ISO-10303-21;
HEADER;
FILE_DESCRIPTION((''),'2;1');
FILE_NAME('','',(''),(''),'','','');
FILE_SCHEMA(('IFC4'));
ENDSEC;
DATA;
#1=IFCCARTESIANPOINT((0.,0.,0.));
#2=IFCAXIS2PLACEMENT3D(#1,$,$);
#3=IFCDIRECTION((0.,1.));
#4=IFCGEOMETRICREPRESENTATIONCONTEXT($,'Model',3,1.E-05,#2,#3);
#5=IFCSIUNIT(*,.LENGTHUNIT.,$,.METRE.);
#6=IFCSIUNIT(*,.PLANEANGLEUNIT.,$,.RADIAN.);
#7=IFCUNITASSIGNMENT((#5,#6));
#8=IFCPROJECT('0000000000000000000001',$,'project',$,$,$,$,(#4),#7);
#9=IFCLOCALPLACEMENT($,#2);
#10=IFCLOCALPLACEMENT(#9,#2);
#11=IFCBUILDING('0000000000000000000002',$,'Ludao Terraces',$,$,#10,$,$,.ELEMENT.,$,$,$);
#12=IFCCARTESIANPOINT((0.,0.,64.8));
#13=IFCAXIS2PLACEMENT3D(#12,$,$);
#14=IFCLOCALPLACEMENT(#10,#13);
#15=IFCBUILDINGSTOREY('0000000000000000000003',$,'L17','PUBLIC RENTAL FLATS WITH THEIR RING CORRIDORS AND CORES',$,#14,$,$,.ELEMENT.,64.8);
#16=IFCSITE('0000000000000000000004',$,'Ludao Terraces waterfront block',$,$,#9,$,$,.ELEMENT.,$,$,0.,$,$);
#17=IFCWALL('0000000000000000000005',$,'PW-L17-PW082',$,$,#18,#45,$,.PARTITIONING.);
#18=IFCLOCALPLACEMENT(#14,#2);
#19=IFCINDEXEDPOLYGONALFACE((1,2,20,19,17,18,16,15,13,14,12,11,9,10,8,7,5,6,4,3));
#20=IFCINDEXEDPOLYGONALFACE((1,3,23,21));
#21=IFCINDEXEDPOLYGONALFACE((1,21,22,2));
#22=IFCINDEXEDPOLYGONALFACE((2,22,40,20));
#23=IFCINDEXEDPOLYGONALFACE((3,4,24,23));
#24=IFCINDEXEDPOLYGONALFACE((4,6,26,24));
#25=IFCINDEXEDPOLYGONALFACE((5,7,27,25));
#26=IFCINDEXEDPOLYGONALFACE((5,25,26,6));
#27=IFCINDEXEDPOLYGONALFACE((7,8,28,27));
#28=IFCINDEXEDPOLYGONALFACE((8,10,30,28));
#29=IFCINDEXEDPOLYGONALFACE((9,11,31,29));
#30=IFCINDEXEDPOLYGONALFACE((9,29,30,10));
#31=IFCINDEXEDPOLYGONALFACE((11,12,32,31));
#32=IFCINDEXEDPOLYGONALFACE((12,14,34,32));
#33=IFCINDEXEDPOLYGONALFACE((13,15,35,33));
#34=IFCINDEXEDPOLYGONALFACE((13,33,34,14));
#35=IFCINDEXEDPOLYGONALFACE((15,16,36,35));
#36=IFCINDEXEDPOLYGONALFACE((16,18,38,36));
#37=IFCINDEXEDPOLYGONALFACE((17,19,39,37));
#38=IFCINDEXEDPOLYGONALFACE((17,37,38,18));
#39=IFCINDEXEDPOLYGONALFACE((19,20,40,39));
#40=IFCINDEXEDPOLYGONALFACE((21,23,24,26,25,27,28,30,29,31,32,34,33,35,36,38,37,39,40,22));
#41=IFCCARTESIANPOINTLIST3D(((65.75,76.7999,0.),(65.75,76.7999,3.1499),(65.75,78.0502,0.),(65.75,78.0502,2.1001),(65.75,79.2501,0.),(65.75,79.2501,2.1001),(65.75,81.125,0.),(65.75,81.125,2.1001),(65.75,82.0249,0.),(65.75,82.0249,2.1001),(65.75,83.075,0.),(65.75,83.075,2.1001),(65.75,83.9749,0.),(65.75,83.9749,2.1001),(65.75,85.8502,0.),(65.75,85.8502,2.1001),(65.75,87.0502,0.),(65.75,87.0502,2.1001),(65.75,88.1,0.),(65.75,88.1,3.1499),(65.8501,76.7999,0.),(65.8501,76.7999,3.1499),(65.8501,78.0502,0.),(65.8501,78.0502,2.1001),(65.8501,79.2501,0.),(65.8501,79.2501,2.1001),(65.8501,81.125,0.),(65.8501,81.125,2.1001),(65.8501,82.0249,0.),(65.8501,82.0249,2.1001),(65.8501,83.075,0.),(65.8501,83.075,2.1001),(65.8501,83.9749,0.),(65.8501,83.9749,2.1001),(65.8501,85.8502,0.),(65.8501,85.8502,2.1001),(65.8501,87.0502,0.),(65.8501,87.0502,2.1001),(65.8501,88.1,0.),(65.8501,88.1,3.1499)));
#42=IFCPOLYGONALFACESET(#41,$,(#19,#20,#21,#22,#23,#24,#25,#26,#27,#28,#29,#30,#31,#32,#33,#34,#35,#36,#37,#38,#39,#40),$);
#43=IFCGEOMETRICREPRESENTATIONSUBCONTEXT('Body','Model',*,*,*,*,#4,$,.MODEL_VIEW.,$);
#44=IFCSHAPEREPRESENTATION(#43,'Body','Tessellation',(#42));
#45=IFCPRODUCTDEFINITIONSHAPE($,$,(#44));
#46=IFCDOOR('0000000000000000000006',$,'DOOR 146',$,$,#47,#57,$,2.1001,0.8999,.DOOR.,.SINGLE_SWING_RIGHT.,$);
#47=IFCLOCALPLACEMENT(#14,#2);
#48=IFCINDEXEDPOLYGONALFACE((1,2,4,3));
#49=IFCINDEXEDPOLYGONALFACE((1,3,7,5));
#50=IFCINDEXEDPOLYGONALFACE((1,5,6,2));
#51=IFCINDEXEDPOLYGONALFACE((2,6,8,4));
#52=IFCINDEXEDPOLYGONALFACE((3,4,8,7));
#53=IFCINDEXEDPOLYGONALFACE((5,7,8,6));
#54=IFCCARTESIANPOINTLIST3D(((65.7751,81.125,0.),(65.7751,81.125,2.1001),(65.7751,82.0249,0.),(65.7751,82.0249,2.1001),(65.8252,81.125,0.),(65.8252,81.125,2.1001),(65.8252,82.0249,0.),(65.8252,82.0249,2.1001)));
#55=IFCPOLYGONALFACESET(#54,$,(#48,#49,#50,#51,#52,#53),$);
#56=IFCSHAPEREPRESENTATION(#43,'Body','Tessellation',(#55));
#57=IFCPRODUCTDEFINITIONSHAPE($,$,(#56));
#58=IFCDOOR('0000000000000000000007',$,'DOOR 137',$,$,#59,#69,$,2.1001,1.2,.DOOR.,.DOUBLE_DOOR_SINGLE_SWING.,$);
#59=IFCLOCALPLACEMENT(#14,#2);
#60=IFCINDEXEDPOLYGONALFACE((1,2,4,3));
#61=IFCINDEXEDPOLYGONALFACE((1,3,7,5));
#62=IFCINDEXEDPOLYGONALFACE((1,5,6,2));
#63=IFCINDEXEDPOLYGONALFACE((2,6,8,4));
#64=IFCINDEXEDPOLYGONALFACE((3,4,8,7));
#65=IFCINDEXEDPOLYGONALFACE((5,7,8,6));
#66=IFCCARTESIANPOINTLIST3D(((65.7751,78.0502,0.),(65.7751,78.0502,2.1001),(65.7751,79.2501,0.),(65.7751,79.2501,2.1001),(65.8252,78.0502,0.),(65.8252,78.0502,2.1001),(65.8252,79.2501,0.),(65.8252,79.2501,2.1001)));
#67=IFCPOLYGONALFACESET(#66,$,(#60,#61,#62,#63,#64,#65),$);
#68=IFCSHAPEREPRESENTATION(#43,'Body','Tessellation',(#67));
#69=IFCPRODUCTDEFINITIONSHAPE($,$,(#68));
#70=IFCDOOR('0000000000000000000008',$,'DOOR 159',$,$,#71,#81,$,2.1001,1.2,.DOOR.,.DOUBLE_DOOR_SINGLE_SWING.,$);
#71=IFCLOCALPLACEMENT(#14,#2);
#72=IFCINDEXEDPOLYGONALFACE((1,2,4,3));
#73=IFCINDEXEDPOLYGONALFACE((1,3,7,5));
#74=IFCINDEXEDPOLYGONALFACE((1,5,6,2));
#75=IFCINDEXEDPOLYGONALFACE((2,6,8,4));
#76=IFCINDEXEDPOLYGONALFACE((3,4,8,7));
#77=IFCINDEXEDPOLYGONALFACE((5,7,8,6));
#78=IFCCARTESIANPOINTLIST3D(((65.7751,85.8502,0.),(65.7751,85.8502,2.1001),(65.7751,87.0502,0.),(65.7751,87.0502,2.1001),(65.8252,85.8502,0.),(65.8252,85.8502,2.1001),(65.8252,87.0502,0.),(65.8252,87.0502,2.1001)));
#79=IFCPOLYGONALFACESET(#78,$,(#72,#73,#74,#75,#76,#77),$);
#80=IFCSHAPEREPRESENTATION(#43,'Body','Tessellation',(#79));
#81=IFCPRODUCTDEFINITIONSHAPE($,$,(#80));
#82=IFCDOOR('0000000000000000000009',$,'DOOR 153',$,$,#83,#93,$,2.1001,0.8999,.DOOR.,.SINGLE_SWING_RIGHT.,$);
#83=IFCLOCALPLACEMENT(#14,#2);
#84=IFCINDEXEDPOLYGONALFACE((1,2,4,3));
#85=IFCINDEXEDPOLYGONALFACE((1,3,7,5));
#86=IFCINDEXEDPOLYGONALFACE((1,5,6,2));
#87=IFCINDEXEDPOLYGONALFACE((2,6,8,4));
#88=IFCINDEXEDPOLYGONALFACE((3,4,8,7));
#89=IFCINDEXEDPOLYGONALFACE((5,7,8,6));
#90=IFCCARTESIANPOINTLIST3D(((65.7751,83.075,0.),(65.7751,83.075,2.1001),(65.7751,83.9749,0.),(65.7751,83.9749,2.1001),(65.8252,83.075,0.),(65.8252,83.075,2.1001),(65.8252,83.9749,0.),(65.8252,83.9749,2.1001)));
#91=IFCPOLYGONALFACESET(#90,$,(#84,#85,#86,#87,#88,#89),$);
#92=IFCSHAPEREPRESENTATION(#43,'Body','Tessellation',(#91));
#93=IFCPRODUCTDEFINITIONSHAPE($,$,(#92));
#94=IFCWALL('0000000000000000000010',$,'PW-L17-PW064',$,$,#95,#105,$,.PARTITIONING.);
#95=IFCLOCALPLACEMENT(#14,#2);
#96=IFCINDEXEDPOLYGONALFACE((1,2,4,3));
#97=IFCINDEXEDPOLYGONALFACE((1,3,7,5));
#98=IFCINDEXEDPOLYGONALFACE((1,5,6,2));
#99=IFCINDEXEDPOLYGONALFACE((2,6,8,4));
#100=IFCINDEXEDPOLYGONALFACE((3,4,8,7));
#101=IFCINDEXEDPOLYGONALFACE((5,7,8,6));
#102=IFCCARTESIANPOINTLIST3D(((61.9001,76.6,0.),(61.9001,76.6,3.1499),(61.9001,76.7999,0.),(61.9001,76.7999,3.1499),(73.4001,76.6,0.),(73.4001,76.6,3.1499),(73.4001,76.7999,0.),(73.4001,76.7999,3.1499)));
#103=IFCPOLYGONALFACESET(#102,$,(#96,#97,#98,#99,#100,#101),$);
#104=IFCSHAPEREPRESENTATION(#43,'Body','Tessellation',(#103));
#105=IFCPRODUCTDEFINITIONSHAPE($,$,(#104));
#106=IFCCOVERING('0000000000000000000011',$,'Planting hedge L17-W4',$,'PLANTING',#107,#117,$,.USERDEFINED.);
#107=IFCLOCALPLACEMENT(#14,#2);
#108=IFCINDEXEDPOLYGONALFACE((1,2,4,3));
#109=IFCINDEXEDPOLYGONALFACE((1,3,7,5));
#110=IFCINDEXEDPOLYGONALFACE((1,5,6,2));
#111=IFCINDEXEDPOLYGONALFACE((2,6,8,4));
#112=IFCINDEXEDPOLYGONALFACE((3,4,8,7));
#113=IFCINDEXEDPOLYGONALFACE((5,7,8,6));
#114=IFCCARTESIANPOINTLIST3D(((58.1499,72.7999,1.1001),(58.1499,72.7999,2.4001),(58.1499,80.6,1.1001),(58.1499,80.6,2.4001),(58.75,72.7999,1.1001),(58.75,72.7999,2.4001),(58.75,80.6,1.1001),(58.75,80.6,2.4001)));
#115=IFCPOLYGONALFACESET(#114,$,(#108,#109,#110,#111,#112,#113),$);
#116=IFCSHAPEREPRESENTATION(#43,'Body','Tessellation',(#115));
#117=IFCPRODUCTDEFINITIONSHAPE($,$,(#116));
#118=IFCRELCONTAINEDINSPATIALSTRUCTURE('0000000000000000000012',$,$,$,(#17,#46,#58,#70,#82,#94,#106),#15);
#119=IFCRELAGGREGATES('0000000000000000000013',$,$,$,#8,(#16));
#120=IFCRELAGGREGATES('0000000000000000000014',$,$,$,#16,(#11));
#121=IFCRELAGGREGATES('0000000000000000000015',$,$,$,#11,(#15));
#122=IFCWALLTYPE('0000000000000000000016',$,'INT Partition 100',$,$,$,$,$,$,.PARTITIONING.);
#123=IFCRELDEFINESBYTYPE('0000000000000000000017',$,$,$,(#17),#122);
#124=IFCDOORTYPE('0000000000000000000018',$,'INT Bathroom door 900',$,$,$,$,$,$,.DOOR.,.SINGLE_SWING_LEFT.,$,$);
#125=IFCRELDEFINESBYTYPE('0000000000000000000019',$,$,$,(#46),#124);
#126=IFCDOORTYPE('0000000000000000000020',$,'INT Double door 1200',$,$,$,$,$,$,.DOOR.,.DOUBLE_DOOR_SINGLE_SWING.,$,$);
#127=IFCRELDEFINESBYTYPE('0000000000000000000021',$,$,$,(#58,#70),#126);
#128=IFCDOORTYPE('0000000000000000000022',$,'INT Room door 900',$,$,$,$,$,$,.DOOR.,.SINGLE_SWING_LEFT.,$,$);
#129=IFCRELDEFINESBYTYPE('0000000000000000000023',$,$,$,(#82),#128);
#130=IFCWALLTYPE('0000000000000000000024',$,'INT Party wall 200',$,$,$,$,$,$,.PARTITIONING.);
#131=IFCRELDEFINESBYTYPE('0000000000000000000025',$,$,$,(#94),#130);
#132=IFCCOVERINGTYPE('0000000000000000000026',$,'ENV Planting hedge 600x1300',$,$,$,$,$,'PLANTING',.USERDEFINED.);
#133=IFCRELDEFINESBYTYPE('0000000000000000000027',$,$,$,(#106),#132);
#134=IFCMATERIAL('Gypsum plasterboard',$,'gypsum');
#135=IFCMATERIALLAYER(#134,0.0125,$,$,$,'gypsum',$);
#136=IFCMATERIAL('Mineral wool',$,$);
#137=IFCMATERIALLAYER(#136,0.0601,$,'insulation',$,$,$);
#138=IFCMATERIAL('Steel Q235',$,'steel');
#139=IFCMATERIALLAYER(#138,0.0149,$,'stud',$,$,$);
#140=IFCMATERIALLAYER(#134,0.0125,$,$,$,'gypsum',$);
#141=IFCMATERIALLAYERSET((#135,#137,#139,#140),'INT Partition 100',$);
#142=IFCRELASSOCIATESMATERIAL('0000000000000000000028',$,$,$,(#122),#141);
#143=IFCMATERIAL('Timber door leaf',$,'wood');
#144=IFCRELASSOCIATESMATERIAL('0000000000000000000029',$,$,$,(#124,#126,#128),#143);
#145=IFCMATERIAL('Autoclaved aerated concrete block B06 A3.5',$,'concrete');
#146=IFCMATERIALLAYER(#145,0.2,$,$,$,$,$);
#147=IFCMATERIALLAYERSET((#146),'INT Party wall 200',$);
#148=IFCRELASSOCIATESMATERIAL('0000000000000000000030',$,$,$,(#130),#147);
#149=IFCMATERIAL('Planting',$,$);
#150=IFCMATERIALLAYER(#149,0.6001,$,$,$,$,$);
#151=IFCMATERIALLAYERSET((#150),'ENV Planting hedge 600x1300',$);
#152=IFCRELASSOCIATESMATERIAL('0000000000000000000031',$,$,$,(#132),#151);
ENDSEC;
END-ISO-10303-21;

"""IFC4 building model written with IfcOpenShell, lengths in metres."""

from ifc_helpers import new_model, si_unit, direction, frame, frame_2d, origin, origin_2d, place, context, subcontext, project, spatial, rectangle, extrude, material, layer, layer_set, type_object, element, fill, save


model = new_model("IFC4")

# Units and contexts
model_context = context("Model", 3, precision=1e-05, world=origin(), true_north=direction((0.0, 1.0)))
body_context = subcontext(model_context, "Body", "Model", "MODEL_VIEW")
ifc_project = project(units=[si_unit("LENGTHUNIT", "METRE"), si_unit("PLANEANGLEUNIT", "RADIAN")], contexts=[model_context])

# Site, building, storey
site_placement = place(None, origin())
site = spatial("IfcSite", under=ifc_project, at=site_placement, Name="Ludao Terraces waterfront block", CompositionType="ELEMENT", RefElevation=0.0)
building_placement = place(site_placement, origin())
building = spatial("IfcBuilding", under=site, at=building_placement, Name="Ludao Terraces", CompositionType="ELEMENT")
storey_placement = place(building_placement, frame((0.0, 0.0, 64.8)))
storey = spatial("IfcBuildingStorey", under=building, at=storey_placement, Name="L17", Description="PUBLIC RENTAL FLATS WITH THEIR RING CORRIDORS AND CORES", CompositionType="ELEMENT", Elevation=64.8)

# Shared definitions
ifc_material_1 = material(Name="Mineral wool")

# Shared definitions
ifc_material_2 = material(Name="Gypsum plasterboard", Category="gypsum")
ifc_layer_1 = layer(ifc_material_2, 0.0125, Category="gypsum")
ifc_layer_2 = layer(ifc_material_1, 0.0601, Name="insulation")
ifc_material_3 = material(Name="Steel Q235", Category="steel")
ifc_layer_3 = layer(ifc_material_3, 0.0149, Name="stud")
ifc_layer_4 = layer(ifc_material_2, 0.0125, Category="gypsum")
ifc_layer_set_1 = layer_set([ifc_layer_1, ifc_layer_2, ifc_layer_3, ifc_layer_4], Name="INT Partition 100")
wall_type_1 = type_object("IfcWallType", Name="INT Partition 100", PredefinedType="PARTITIONING", material=ifc_layer_set_1)

# Wall, openings, doors
wall_1_placement = place(storey_placement, frame((65.8, 76.8, 0.0), z_axis=(0.0, 0.0, 1.0), x_axis=(0.0, 1.0, 0.0)))
wall_1 = element("IfcWall", 1, at=wall_1_placement, inside=storey, type_object=wall_type_1, Name="PW-L17-PW082", PredefinedType="PARTITIONING", context=body_context, shape_type="SweptSolid", body=[
    extrude(rectangle(XDim=11.3, YDim=0.1001, at=frame_2d((5.6499, 0.0))), origin(), (0.0, 0.0, 1.0), 3.1499),
])
opening_1_placement = place(wall_1_placement, frame((1.25, 0.0, 0.0)))
opening_1 = element("IfcOpeningElement", 2, at=opening_1_placement, cuts=wall_1, PredefinedType="OPENING", context=body_context, shape_type="SweptSolid", body=[
    extrude(rectangle(XDim=1.2, YDim=2.1001, at=frame_2d((0.6001, 1.05))), frame((0.0, 0.0601, 0.0), z_axis=(0.0, -1.0, 0.0), x_axis=(1.0, 0.0, 0.0)), (0.0, 0.0, 1.0), 0.1201),
])
opening_2_placement = place(wall_1_placement, frame((4.325, 0.0, 0.0)))
opening_2 = element("IfcOpeningElement", 3, at=opening_2_placement, cuts=wall_1, PredefinedType="OPENING", context=body_context, shape_type="SweptSolid", body=[
    extrude(rectangle(XDim=0.8999, YDim=2.1001, at=frame_2d((0.45, 1.05))), frame((0.0, 0.0601, 0.0), z_axis=(0.0, -1.0, 0.0), x_axis=(1.0, 0.0, 0.0)), (0.0, 0.0, 1.0), 0.1201),
])
opening_3_placement = place(wall_1_placement, frame((6.2749, 0.0, 0.0)))
opening_3 = element("IfcOpeningElement", 4, at=opening_3_placement, cuts=wall_1, PredefinedType="OPENING", context=body_context, shape_type="SweptSolid", body=[
    extrude(rectangle(XDim=0.8999, YDim=2.1001, at=frame_2d((0.45, 1.05))), frame((0.0, 0.0601, 0.0), z_axis=(0.0, -1.0, 0.0), x_axis=(1.0, 0.0, 0.0)), (0.0, 0.0, 1.0), 0.1201),
])
opening_4_placement = place(wall_1_placement, frame((9.05, 0.0, 0.0)))
opening_4 = element("IfcOpeningElement", 5, at=opening_4_placement, cuts=wall_1, PredefinedType="OPENING", context=body_context, shape_type="SweptSolid", body=[
    extrude(rectangle(XDim=1.2, YDim=2.1001, at=frame_2d((0.6001, 1.05))), frame((0.0, 0.0601, 0.0), z_axis=(0.0, -1.0, 0.0), x_axis=(1.0, 0.0, 0.0)), (0.0, 0.0, 1.0), 0.1201),
])
ifc_material_4 = material(Name="Timber door leaf", Category="wood")
door_type_1 = type_object("IfcDoorType", Name="INT Bathroom door 900", OperationType="SINGLE_SWING_LEFT", PredefinedType="DOOR", material=ifc_material_4)
door_1_placement = place(opening_2_placement, origin())
door_1 = element("IfcDoor", 6, at=door_1_placement, inside=storey, type_object=door_type_1, Name="DOOR 146", OperationType="SINGLE_SWING_RIGHT", OverallHeight=2.1001, OverallWidth=0.8999, PredefinedType="DOOR", context=body_context, shape_type="SweptSolid", body=[
    extrude(rectangle(XDim=0.8999, YDim=2.1001, at=frame_2d((0.45, 1.05))), frame((0.0, 0.0249, 0.0), z_axis=(0.0, -1.0, 0.0), x_axis=(1.0, 0.0, 0.0)), (0.0, 0.0, 1.0), 0.05),
])
fill(opening_2, door_1)
door_type_2 = type_object("IfcDoorType", Name="INT Double door 1200", OperationType="DOUBLE_DOOR_SINGLE_SWING", PredefinedType="DOOR", material=ifc_material_4)
door_2_placement = place(opening_1_placement, origin())
door_2 = element("IfcDoor", 7, at=door_2_placement, inside=storey, type_object=door_type_2, Name="DOOR 137", OperationType="DOUBLE_DOOR_SINGLE_SWING", OverallHeight=2.1001, OverallWidth=1.2, PredefinedType="DOOR", context=body_context, shape_type="SweptSolid", body=[
    extrude(rectangle(XDim=1.2, YDim=2.1001, at=frame_2d((0.6001, 1.05))), frame((0.0, 0.0249, 0.0), z_axis=(0.0, -1.0, 0.0), x_axis=(1.0, 0.0, 0.0)), (0.0, 0.0, 1.0), 0.05),
])
fill(opening_1, door_2)
door_3_placement = place(opening_4_placement, origin())
door_3 = element("IfcDoor", 8, at=door_3_placement, inside=storey, type_object=door_type_2, Name="DOOR 159", OperationType="DOUBLE_DOOR_SINGLE_SWING", OverallHeight=2.1001, OverallWidth=1.2, PredefinedType="DOOR", context=body_context, shape_type="SweptSolid", body=[
    extrude(rectangle(XDim=1.2, YDim=2.1001, at=frame_2d((0.6001, 1.05))), frame((0.0, 0.0249, 0.0), z_axis=(0.0, -1.0, 0.0), x_axis=(1.0, 0.0, 0.0)), (0.0, 0.0, 1.0), 0.05),
])
fill(opening_4, door_3)
door_type_3 = type_object("IfcDoorType", Name="INT Room door 900", OperationType="SINGLE_SWING_LEFT", PredefinedType="DOOR", material=ifc_material_4)
door_4_placement = place(opening_3_placement, origin())
door_4 = element("IfcDoor", 9, at=door_4_placement, inside=storey, type_object=door_type_3, Name="DOOR 153", OperationType="SINGLE_SWING_RIGHT", OverallHeight=2.1001, OverallWidth=0.8999, PredefinedType="DOOR", context=body_context, shape_type="SweptSolid", body=[
    extrude(rectangle(XDim=0.8999, YDim=2.1001, at=frame_2d((0.45, 1.05))), frame((0.0, 0.0249, 0.0), z_axis=(0.0, -1.0, 0.0), x_axis=(1.0, 0.0, 0.0)), (0.0, 0.0, 1.0), 0.05),
])
fill(opening_3, door_4)

# Wall
ifc_material_5 = material(Name="Autoclaved aerated concrete block B06 A3.5", Category="concrete")
ifc_layer_5 = layer(ifc_material_5, 0.2)
ifc_layer_set_2 = layer_set([ifc_layer_5], Name="INT Party wall 200")
wall_type_2 = type_object("IfcWallType", Name="INT Party wall 200", PredefinedType="PARTITIONING", material=ifc_layer_set_2)
wall_2_placement = place(storey_placement, frame((61.9001, 76.7, 0.0), z_axis=(0.0, 0.0, 1.0), x_axis=(1.0, 0.0, 0.0)))
element("IfcWall", 10, at=wall_2_placement, inside=storey, type_object=wall_type_2, Name="PW-L17-PW064", PredefinedType="PARTITIONING", context=body_context, shape_type="SweptSolid", body=[
    extrude(rectangle(XDim=11.5, YDim=0.2, at=frame_2d((5.75, 0.0))), origin(), (0.0, 0.0, 1.0), 3.1499),
])

# Covering
ifc_material_6 = material(Name="Planting")
ifc_layer_6 = layer(ifc_material_6, 0.6001)
ifc_layer_set_3 = layer_set([ifc_layer_6], Name="ENV Planting hedge 600x1300")
covering_type = type_object("IfcCoveringType", Name="ENV Planting hedge 600x1300", ElementType="PLANTING", PredefinedType="USERDEFINED", material=ifc_layer_set_3)
covering_placement = place(storey_placement, frame((58.45, 76.7, 1.1001), z_axis=(0.0, 0.0, 1.0), x_axis=(1.0, 0.0, 0.0)))
element("IfcCovering", 11, at=covering_placement, inside=storey, type_object=covering_type, Name="Planting hedge L17-W4", ObjectType="PLANTING", PredefinedType="USERDEFINED", context=body_context, shape_type="SweptSolid", body=[
    extrude(rectangle(XDim=0.6001, YDim=7.8, at=origin_2d()), origin(), (0.0, 0.0, 1.0), 1.3),
])

save(model, "model.ifc")
